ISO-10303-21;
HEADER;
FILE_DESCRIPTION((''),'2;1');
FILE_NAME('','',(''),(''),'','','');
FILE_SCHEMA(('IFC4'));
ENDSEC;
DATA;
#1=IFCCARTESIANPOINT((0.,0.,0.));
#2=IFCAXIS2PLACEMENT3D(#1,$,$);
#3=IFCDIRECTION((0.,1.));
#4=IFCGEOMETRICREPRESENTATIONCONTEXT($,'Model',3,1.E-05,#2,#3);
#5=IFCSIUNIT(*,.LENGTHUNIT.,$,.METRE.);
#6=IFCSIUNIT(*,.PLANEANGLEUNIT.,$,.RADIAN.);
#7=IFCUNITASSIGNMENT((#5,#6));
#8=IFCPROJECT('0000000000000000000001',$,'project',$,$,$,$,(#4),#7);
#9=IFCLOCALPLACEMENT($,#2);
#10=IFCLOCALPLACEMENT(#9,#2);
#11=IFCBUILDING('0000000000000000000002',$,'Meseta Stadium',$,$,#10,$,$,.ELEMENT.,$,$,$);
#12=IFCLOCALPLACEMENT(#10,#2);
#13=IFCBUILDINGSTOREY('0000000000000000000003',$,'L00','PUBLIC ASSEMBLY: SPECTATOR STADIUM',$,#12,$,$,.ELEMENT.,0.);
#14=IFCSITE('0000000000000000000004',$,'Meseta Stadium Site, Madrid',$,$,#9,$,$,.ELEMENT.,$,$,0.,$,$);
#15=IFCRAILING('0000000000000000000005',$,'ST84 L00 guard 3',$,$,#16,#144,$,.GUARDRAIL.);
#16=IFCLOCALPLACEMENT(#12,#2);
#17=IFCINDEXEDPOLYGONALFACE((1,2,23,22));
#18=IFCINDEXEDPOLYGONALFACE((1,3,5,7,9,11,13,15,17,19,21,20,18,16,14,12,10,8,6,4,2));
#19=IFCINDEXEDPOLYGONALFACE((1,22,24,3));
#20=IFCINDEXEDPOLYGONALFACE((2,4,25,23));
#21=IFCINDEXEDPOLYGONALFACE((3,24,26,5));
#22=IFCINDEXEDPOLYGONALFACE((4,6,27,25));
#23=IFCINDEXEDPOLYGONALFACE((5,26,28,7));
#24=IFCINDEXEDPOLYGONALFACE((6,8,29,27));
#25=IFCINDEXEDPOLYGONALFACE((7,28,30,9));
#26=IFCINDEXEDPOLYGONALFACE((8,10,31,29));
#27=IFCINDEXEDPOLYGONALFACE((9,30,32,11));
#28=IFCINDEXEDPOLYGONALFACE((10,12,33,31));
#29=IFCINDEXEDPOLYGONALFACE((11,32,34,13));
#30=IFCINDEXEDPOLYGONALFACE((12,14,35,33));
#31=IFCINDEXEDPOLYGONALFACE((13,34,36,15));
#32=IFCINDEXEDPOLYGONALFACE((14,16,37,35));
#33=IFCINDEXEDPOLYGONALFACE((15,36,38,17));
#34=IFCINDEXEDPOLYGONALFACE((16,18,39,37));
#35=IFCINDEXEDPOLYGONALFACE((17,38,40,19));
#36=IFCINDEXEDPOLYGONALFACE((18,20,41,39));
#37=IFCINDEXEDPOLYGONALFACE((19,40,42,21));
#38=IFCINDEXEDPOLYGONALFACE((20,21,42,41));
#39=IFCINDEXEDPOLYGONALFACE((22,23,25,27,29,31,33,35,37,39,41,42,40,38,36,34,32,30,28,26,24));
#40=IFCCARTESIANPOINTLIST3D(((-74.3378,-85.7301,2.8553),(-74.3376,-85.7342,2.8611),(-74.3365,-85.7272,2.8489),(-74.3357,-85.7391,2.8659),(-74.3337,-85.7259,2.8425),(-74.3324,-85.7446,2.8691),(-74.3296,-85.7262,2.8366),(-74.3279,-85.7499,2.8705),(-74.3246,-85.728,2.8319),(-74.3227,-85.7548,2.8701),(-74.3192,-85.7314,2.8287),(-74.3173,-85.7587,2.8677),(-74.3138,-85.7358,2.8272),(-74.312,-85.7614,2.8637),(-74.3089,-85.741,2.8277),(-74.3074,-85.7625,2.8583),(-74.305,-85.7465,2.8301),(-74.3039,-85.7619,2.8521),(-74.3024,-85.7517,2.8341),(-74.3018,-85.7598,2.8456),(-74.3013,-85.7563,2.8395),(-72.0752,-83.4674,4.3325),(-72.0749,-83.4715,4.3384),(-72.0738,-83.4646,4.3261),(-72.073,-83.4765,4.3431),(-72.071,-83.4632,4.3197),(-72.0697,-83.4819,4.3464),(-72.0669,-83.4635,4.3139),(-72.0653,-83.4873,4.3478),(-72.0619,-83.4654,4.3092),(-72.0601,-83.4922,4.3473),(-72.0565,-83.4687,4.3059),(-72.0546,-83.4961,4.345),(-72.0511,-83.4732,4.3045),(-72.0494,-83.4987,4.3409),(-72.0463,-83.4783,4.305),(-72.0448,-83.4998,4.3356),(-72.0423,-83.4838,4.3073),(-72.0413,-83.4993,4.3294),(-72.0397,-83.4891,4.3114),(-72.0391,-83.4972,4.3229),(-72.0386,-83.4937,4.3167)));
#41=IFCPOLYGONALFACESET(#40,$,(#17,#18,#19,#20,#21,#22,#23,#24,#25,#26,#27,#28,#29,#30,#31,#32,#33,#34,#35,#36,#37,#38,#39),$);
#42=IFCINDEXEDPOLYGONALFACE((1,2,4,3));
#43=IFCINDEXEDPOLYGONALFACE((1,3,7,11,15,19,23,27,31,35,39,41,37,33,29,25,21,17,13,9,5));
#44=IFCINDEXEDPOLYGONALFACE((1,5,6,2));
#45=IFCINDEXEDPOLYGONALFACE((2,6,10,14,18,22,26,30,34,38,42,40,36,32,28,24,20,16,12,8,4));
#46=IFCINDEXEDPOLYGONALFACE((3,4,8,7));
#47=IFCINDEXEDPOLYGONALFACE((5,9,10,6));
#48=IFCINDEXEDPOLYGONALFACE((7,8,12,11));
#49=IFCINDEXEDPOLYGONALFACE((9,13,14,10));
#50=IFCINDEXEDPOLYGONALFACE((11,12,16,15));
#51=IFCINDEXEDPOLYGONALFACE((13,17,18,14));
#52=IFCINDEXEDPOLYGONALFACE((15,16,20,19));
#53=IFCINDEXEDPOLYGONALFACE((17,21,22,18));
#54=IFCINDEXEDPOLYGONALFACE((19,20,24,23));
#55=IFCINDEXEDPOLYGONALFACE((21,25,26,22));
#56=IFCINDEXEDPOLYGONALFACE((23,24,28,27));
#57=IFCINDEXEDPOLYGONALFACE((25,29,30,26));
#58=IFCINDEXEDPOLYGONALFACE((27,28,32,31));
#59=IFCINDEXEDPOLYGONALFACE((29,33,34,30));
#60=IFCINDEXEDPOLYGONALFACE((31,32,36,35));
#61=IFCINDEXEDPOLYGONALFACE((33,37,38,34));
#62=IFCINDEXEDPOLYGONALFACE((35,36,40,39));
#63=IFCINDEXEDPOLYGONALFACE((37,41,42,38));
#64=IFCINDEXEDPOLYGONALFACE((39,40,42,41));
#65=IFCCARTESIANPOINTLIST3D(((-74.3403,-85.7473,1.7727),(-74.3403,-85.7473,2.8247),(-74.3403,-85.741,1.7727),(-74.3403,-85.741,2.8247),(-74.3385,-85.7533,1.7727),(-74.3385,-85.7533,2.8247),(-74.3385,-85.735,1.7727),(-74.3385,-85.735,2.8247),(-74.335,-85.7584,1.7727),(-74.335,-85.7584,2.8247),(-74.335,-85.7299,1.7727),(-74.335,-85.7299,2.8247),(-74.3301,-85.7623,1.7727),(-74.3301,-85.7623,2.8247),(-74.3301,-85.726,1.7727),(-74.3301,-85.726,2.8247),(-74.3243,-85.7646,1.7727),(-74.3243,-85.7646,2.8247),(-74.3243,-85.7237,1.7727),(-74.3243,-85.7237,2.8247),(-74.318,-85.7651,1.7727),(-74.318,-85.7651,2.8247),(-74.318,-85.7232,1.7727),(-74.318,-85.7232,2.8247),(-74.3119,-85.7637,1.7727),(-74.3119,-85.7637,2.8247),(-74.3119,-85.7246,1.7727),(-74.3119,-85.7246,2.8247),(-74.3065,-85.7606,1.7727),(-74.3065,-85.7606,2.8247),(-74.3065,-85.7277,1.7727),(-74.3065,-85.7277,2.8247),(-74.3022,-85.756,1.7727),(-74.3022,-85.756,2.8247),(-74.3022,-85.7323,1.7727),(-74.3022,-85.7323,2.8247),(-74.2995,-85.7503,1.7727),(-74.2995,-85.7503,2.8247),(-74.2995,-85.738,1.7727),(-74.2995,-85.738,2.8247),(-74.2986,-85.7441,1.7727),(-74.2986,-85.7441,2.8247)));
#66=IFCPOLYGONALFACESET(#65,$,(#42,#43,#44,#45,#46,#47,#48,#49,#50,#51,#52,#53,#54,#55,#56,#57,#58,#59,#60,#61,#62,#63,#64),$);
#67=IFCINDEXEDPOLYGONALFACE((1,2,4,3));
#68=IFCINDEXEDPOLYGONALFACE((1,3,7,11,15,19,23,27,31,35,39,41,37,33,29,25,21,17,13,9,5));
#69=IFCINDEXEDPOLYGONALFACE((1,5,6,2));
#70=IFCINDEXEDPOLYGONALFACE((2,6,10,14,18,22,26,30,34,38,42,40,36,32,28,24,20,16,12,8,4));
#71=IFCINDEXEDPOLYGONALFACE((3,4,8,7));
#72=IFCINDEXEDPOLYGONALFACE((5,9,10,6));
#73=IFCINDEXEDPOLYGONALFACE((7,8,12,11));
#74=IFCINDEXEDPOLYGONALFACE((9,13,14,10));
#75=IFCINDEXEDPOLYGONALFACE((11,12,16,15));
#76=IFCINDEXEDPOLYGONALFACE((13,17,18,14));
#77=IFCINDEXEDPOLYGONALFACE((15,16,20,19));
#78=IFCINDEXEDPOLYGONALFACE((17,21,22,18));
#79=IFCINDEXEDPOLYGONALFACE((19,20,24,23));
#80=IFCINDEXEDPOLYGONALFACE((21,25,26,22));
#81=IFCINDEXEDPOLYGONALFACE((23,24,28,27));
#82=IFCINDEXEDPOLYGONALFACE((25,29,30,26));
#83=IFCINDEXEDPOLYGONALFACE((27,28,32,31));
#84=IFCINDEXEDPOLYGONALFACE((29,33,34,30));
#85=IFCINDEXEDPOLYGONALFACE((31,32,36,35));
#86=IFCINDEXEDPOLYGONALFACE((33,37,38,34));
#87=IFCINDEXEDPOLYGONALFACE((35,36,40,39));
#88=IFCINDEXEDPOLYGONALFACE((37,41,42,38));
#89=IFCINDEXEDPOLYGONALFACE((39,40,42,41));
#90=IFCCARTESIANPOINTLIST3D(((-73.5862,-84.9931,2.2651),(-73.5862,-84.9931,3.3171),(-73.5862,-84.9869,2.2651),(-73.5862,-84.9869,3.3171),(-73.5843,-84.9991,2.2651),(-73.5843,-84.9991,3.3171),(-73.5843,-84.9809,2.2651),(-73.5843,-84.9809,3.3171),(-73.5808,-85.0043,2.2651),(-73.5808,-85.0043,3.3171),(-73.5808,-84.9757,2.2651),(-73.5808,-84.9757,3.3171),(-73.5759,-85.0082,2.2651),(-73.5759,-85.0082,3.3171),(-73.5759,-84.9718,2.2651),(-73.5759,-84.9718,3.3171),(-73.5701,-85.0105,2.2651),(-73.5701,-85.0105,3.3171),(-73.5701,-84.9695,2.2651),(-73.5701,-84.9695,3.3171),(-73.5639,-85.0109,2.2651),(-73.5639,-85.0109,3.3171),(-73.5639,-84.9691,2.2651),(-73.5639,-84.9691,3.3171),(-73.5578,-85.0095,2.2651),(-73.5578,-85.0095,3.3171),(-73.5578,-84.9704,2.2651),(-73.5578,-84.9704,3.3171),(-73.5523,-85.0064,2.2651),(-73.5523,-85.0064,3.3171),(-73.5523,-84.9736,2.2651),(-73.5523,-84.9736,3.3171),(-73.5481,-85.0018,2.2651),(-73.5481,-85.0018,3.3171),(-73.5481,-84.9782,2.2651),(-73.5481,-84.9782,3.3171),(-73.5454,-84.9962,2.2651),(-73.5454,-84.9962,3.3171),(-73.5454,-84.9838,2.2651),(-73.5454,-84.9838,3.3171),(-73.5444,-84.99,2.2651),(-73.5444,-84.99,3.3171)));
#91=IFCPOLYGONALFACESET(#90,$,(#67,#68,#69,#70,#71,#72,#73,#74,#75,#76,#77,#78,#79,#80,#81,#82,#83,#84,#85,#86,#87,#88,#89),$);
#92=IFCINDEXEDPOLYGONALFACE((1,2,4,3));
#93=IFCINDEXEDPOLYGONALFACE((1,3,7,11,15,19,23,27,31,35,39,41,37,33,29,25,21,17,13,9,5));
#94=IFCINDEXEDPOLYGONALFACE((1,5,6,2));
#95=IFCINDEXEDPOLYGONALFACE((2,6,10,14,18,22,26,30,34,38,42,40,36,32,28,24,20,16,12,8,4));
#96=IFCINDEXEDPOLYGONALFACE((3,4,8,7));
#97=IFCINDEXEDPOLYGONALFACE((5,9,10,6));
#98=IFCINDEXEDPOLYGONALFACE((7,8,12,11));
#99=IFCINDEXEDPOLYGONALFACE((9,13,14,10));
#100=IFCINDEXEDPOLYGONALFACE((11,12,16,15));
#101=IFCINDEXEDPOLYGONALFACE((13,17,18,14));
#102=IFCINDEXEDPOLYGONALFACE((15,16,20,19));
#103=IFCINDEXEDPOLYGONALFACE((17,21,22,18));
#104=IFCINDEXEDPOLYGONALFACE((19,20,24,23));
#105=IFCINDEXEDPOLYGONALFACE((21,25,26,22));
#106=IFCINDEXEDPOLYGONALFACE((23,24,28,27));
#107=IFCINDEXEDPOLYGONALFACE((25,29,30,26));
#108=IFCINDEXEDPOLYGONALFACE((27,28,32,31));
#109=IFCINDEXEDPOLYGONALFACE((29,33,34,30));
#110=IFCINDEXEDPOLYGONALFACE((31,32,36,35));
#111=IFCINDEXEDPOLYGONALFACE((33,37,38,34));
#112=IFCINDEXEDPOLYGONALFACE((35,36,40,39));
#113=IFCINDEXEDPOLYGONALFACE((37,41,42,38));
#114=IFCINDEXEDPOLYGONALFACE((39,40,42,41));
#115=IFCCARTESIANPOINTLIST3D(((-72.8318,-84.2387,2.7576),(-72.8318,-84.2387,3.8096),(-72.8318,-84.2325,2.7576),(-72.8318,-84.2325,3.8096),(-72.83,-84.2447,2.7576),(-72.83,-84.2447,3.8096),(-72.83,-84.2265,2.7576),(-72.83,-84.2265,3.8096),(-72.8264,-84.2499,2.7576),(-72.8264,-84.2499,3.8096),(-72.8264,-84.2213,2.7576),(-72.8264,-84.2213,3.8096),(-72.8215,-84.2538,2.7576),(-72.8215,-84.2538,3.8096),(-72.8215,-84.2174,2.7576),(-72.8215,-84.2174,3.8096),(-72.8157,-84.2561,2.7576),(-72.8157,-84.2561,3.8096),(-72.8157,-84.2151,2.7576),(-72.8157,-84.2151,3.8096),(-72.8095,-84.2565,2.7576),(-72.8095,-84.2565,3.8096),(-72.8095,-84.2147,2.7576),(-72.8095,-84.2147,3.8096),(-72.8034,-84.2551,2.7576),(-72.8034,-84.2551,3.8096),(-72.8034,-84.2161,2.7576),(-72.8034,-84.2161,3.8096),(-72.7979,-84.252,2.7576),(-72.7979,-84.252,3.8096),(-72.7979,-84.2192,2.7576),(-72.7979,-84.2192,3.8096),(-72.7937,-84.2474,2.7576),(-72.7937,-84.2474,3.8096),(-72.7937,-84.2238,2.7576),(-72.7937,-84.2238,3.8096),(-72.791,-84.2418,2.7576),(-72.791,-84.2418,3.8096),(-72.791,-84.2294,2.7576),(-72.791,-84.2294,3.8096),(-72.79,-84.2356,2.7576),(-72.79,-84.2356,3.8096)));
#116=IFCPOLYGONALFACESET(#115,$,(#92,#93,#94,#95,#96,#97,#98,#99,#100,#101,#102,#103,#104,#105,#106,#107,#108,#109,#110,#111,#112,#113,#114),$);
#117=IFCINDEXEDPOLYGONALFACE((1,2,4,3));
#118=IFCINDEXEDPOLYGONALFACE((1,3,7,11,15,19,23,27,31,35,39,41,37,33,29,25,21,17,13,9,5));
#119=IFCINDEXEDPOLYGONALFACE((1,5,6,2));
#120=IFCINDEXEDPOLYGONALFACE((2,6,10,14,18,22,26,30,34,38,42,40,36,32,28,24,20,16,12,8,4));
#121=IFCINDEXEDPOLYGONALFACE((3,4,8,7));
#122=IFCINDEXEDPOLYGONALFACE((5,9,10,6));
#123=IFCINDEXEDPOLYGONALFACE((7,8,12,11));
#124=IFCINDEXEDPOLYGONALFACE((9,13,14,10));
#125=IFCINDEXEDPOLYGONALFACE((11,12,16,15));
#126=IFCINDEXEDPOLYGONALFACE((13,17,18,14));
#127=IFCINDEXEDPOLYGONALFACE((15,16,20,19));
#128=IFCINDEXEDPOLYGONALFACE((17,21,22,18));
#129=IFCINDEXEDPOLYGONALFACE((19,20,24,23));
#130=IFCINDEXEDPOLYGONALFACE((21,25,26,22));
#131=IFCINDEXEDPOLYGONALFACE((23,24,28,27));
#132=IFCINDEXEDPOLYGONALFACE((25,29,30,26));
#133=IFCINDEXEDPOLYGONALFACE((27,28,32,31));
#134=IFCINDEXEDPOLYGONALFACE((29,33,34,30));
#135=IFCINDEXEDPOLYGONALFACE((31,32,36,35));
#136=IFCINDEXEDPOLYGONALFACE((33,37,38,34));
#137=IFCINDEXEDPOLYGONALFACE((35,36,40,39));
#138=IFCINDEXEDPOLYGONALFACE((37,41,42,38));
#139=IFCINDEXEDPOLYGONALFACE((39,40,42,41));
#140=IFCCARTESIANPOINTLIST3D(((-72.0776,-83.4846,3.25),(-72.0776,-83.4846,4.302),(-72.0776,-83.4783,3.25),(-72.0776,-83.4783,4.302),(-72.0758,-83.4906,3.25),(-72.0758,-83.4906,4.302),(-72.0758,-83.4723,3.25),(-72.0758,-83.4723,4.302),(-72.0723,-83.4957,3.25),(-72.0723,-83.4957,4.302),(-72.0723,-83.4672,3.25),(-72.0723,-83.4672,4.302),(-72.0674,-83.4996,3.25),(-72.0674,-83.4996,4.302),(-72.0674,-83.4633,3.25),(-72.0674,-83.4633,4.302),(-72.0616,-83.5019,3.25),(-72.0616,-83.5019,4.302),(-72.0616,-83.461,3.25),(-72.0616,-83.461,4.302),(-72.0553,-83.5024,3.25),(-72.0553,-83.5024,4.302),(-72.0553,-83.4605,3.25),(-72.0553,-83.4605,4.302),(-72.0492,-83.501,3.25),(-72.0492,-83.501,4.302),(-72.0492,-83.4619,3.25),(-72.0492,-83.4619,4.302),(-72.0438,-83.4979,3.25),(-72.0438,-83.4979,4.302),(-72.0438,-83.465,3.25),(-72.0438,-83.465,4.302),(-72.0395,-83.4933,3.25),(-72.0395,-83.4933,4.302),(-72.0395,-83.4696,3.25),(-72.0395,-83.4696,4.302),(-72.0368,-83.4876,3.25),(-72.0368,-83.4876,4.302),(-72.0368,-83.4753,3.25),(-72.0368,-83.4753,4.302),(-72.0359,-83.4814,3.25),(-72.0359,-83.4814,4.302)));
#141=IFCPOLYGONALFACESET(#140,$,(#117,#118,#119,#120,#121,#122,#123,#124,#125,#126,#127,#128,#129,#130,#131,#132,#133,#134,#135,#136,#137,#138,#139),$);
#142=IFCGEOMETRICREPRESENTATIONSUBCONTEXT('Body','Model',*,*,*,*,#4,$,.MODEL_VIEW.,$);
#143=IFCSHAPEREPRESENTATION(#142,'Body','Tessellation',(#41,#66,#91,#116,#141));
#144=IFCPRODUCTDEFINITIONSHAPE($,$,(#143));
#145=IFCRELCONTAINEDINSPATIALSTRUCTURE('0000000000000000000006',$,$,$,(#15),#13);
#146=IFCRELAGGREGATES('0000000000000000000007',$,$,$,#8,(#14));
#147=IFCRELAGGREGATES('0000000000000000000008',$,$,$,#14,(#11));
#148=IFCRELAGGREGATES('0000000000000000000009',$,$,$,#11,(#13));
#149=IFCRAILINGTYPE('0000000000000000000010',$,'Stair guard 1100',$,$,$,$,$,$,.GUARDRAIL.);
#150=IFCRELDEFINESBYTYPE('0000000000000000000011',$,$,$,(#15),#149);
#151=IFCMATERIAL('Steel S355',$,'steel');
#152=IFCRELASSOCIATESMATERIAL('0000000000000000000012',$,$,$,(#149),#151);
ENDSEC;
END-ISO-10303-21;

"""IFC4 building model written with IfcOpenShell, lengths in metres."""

from ifc_helpers import new_model, si_unit, direction, frame, origin, origin_2d, place, context, subcontext, project, spatial, circle, extrude, material, type_object, element, save


model = new_model("IFC4")

# Units and contexts
model_context = context("Model", 3, precision=1e-05, world=origin(), true_north=direction((0.0, 1.0)))
body_context = subcontext(model_context, "Body", "Model", "MODEL_VIEW")
ifc_project = project(units=[si_unit("LENGTHUNIT", "METRE"), si_unit("PLANEANGLEUNIT", "RADIAN")], contexts=[model_context])

# Site, building, storey
site_placement = place(None, origin())
site = spatial("IfcSite", under=ifc_project, at=site_placement, Name="Meseta Stadium Site, Madrid", CompositionType="ELEMENT", RefElevation=0.0)
building_placement = place(site_placement, origin())
building = spatial("IfcBuilding", under=site, at=building_placement, Name="Meseta Stadium", CompositionType="ELEMENT")
storey_placement = place(building_placement, origin())
storey = spatial("IfcBuildingStorey", under=building, at=storey_placement, Name="L00", Description="PUBLIC ASSEMBLY: SPECTATOR STADIUM", CompositionType="ELEMENT", Elevation=0.0)

# Railing
ifc_material_1 = material(Name="Steel S355", Category="steel")
railing_type_1 = type_object("IfcRailingType", Name="Stair guard 1100", PredefinedType="GUARDRAIL", material=ifc_material_1)
railing_1_placement = place(storey_placement, frame((-74.3196, -85.7441, 1.7727)))
element("IfcRailing", 1, at=railing_1_placement, inside=storey, type_object=railing_type_1, Name="ST84 L00 guard 3", PredefinedType="GUARDRAIL", context=body_context, shape_type="SweptSolid", body=[
    extrude(circle(Radius=0.0239, at=origin_2d()), frame((0.0, 0.0, 1.0762), z_axis=(0.641994, 0.641994, 0.419152), x_axis=(-0.707107, 0.707107, 0.0)), (0.0, 0.0, 1.0), 3.5244),
    extrude(circle(Radius=0.021, at=origin_2d()), origin(), (0.0, 0.0, 1.0), 1.052),
    extrude(circle(Radius=0.021, at=origin_2d()), frame((0.7542, 0.7542, 0.4924)), (0.0, 0.0, 1.0), 1.052),
    extrude(circle(Radius=0.021, at=origin_2d()), frame((1.5085, 1.5085, 0.9849)), (0.0, 0.0, 1.0), 1.052),
    extrude(circle(Radius=0.021, at=origin_2d()), frame((2.2627, 2.2627, 1.4773)), (0.0, 0.0, 1.0), 1.052),
])

save(model, "model.ifc")
